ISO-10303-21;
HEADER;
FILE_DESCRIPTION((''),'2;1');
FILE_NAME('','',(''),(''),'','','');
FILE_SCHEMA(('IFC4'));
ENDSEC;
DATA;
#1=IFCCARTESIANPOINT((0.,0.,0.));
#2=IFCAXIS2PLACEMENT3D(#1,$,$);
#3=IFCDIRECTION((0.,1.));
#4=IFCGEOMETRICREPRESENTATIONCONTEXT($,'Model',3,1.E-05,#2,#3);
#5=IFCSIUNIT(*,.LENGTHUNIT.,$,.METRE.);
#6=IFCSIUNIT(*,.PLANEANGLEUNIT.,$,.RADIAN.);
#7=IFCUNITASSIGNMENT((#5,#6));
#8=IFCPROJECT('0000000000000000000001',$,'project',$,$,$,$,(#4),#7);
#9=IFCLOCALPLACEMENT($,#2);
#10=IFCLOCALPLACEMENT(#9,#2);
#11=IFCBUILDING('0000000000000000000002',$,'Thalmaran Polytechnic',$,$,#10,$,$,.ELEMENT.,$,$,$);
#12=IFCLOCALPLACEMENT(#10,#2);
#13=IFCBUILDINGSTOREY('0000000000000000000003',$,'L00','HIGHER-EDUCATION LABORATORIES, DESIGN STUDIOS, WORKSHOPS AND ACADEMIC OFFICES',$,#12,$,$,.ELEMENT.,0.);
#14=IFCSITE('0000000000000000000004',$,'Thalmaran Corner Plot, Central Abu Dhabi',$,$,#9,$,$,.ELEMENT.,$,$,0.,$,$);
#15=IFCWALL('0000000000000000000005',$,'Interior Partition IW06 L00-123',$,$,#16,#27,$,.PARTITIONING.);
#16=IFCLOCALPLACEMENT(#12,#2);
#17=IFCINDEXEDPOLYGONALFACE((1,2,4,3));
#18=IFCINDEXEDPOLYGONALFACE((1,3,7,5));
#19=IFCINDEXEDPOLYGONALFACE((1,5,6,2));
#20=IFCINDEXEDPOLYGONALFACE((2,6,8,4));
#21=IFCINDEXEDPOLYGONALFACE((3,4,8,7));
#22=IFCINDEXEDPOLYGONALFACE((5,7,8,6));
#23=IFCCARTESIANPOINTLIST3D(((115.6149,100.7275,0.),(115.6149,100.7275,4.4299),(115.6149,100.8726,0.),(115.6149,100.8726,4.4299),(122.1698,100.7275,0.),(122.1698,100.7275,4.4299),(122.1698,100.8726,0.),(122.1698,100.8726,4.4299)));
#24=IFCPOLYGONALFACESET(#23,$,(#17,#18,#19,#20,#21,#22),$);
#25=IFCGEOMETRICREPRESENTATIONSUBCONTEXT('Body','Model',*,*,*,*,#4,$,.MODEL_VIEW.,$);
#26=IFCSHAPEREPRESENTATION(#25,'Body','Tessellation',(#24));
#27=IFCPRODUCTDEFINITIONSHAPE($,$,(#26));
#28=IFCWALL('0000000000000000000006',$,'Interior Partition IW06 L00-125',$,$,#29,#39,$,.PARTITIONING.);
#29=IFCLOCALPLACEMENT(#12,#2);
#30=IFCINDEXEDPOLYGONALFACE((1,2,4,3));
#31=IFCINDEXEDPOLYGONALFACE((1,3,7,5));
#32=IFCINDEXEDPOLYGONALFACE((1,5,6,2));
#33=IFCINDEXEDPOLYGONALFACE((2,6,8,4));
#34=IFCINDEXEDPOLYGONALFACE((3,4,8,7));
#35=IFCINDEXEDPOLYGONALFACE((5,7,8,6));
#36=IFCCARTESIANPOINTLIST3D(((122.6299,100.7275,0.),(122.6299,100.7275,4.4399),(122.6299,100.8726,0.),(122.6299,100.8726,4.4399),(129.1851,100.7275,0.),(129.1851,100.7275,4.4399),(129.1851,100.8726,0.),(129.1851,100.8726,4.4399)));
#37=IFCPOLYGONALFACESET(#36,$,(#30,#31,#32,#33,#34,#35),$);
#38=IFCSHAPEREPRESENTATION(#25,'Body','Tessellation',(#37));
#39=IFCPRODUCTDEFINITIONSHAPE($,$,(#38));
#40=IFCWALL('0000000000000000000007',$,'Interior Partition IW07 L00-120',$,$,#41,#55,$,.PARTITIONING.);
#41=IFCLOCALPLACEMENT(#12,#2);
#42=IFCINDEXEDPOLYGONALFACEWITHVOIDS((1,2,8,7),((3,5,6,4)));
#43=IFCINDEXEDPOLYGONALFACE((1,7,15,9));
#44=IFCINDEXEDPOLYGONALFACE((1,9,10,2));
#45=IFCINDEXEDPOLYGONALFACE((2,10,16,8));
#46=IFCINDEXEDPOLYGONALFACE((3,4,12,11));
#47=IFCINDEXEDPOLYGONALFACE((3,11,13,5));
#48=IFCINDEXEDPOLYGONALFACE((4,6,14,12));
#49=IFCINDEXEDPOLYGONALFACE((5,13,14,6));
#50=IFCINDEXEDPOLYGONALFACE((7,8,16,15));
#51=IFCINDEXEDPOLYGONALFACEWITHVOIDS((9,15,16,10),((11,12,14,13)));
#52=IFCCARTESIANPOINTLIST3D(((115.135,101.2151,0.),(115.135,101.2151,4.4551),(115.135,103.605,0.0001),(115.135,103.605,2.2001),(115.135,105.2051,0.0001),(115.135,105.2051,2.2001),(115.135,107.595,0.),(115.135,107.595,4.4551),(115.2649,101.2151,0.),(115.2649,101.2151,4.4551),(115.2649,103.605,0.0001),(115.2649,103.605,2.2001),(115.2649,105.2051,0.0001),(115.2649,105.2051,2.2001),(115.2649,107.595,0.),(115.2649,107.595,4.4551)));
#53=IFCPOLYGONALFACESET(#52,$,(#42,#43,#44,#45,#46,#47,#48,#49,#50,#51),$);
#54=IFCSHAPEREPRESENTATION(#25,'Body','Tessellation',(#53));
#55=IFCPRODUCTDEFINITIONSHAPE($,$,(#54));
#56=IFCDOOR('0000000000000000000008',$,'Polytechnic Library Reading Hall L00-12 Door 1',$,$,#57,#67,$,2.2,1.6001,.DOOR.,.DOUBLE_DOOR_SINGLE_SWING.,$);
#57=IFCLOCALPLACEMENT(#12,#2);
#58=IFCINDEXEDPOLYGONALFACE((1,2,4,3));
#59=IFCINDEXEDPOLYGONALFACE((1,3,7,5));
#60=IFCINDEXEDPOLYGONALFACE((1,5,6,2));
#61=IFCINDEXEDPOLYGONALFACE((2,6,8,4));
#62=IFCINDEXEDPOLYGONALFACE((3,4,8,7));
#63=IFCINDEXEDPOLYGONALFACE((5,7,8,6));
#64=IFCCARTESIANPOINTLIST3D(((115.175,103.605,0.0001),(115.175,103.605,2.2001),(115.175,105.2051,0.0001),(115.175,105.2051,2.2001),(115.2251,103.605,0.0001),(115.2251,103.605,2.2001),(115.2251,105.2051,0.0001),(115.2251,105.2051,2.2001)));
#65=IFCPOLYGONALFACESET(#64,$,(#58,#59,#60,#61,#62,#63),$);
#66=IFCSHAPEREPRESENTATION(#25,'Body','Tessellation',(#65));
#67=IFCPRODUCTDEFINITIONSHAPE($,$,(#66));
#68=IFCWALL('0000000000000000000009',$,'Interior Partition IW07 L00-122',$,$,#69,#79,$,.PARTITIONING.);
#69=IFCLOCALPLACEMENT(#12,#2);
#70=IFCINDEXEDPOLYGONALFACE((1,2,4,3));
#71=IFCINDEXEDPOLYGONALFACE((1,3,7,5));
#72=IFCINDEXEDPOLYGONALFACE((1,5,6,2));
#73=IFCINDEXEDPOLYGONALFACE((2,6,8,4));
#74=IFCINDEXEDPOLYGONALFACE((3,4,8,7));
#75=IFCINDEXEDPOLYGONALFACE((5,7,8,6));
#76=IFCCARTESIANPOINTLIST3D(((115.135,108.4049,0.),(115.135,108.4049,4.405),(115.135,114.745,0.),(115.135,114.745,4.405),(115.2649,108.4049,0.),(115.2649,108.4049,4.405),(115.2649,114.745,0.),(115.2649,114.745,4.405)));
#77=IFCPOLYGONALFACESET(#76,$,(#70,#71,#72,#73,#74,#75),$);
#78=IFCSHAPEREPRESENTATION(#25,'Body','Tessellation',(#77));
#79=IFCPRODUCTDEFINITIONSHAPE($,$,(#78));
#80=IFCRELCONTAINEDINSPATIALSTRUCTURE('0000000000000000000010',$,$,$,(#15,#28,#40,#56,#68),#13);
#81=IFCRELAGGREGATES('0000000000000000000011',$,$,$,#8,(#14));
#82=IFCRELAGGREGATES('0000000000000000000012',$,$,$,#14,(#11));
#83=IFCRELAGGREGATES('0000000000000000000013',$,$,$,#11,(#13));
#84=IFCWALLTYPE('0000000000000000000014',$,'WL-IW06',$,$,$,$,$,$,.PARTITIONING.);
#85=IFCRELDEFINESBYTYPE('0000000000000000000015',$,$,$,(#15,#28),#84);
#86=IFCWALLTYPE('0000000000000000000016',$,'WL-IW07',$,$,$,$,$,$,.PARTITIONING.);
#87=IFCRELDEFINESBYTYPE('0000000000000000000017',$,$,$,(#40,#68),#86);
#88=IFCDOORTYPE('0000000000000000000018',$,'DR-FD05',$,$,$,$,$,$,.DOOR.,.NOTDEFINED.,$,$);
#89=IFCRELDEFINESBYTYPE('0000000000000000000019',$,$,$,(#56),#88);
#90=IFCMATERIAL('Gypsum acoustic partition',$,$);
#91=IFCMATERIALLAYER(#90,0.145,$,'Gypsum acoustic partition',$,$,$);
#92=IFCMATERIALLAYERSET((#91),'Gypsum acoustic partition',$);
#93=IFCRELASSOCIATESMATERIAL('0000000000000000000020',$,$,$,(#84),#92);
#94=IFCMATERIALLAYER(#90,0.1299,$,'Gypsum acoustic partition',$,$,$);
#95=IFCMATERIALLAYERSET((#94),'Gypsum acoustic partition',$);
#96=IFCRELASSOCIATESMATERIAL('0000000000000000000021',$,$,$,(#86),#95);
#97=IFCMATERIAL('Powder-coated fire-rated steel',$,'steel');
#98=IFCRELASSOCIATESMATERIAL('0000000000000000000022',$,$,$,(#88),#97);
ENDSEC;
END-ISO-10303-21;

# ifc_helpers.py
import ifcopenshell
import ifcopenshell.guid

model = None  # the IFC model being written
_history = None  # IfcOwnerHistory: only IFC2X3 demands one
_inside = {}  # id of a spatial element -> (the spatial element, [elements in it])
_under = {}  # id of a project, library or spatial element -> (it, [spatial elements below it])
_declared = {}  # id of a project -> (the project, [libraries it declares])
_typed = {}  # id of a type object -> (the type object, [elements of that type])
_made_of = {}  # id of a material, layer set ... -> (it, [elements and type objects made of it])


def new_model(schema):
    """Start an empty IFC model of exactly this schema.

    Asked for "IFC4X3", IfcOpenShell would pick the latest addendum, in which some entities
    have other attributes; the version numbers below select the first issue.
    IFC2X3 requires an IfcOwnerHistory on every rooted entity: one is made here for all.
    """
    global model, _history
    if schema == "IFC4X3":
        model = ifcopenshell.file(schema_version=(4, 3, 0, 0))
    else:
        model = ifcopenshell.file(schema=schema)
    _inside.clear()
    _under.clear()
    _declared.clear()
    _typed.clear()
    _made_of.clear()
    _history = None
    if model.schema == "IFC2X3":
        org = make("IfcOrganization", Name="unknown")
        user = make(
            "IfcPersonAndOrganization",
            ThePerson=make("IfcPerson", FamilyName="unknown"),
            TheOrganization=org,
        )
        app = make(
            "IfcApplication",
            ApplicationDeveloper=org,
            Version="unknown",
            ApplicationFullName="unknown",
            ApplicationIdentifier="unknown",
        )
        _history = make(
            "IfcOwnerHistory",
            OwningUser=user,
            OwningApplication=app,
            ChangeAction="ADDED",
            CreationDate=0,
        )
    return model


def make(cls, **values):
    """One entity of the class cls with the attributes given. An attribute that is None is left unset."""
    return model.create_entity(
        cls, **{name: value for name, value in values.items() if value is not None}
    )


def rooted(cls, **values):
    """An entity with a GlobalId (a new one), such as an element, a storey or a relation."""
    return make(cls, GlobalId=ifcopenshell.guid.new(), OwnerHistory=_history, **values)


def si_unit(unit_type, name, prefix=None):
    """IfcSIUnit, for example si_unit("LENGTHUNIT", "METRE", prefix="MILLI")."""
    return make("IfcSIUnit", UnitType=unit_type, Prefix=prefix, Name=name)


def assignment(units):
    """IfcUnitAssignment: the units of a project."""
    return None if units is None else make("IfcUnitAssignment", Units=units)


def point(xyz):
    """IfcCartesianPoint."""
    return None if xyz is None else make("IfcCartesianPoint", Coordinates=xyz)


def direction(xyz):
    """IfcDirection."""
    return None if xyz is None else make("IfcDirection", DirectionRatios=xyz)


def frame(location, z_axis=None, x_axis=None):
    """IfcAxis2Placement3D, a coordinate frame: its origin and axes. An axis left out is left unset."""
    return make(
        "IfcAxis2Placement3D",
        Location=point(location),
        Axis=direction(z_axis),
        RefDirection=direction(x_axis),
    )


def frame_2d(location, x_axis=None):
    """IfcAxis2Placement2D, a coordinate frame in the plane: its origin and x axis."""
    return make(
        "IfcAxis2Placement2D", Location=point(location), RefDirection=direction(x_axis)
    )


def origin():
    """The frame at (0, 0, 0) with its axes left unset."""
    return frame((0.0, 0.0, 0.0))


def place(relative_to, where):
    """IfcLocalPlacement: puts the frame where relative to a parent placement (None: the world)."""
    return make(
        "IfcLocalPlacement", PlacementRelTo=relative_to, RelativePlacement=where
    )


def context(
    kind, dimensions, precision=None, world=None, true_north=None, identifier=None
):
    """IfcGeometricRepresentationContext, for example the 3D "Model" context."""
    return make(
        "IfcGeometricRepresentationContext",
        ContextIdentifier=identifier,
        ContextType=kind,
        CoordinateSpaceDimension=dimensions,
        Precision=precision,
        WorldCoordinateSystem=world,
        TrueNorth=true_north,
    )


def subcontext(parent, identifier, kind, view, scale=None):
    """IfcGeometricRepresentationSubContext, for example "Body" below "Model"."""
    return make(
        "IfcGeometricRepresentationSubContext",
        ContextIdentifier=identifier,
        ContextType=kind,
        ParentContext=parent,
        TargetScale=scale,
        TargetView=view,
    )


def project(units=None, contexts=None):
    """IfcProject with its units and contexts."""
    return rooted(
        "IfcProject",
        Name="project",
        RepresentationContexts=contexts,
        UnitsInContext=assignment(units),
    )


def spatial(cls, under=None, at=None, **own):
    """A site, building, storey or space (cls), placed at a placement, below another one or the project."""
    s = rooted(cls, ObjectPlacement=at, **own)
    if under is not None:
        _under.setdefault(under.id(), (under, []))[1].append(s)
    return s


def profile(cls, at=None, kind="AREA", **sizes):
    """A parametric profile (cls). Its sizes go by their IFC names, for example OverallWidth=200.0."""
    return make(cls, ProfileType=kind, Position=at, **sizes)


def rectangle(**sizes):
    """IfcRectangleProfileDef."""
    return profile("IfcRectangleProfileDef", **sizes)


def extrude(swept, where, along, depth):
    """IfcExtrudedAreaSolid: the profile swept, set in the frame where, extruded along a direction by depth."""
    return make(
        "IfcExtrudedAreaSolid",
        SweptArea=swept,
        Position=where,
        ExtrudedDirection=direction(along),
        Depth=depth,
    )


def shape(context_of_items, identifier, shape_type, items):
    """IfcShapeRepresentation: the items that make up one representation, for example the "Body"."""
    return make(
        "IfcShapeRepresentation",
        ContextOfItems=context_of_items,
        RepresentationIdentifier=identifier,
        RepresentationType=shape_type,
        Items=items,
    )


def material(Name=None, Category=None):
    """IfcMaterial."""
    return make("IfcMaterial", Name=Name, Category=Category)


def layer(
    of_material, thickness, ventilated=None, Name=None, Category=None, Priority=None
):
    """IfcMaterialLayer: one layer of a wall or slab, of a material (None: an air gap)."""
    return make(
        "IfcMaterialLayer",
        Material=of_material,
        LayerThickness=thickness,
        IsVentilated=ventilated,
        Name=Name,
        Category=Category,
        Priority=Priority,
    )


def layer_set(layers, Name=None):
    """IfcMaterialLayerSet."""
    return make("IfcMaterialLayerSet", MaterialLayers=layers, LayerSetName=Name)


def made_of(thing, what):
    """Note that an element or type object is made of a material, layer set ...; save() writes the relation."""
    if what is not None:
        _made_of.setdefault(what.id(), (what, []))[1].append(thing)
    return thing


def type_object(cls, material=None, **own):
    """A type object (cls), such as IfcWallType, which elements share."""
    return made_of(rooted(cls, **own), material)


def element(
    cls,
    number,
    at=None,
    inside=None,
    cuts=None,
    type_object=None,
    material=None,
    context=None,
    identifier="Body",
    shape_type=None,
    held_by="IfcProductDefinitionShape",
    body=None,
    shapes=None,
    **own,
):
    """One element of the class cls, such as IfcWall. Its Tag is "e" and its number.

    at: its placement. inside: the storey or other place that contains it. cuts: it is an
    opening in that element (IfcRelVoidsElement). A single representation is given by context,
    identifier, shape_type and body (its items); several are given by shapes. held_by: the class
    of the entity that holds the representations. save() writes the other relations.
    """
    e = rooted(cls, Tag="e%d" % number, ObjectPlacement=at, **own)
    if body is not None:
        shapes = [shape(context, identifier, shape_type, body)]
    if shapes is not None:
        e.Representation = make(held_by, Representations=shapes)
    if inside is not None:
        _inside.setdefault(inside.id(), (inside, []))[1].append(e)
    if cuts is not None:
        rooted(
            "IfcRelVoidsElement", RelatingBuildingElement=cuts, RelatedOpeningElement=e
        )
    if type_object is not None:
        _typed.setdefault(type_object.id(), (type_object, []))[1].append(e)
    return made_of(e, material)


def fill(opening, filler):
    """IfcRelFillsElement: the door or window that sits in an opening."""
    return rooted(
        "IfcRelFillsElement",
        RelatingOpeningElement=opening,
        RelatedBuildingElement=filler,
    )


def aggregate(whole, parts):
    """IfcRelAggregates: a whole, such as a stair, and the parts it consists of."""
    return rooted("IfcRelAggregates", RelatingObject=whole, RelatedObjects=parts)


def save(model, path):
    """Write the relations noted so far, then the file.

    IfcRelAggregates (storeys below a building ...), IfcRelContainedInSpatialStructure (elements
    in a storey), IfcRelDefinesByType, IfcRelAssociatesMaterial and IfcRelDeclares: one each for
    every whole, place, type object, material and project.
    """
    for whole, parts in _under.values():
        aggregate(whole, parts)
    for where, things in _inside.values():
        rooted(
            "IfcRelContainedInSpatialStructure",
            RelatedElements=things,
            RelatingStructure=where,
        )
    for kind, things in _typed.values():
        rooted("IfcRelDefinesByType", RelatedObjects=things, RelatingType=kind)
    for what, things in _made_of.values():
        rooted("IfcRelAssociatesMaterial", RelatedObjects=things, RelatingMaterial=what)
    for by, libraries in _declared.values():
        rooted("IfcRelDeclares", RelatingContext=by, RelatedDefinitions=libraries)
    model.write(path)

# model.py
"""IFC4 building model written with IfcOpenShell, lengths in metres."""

from ifc_helpers import new_model, si_unit, direction, frame, frame_2d, origin, place, context, subcontext, project, spatial, rectangle, extrude, material, layer, layer_set, type_object, element, fill, save


model = new_model("IFC4")

# Units and contexts
model_context = context("Model", 3, precision=1e-05, world=origin(), true_north=direction((0.0, 1.0)))
body_context = subcontext(model_context, "Body", "Model", "MODEL_VIEW")
ifc_project = project(units=[si_unit("LENGTHUNIT", "METRE"), si_unit("PLANEANGLEUNIT", "RADIAN")], contexts=[model_context])

# Site, building, storey
site_placement = place(None, origin())
site = spatial("IfcSite", under=ifc_project, at=site_placement, Name="Thalmaran Corner Plot, Central Abu Dhabi", CompositionType="ELEMENT", RefElevation=0.0)
building_placement = place(site_placement, origin())
building = spatial("IfcBuilding", under=site, at=building_placement, Name="Thalmaran Polytechnic", CompositionType="ELEMENT")
storey_placement = place(building_placement, origin())
storey = spatial("IfcBuildingStorey", under=building, at=storey_placement, Name="L00", Description="HIGHER-EDUCATION LABORATORIES, DESIGN STUDIOS, WORKSHOPS AND ACADEMIC OFFICES", CompositionType="ELEMENT", Elevation=0.0)

# Walls
ifc_material_1 = material(Name="Gypsum acoustic partition")
ifc_layer_1 = layer(ifc_material_1, 0.145, Name="Gypsum acoustic partition")
ifc_layer_set_1 = layer_set([ifc_layer_1], Name="Gypsum acoustic partition")
wall_type_1 = type_object("IfcWallType", Name="WL-IW06", PredefinedType="PARTITIONING", material=ifc_layer_set_1)
wall_1_placement = place(storey_placement, frame((115.615, 100.8, 0.0), z_axis=(0.0, 0.0, 1.0), x_axis=(1.0, 0.0, 0.0)))
element("IfcWall", 1, at=wall_1_placement, inside=storey, type_object=wall_type_1, Name="Interior Partition IW06 L00-123", PredefinedType="PARTITIONING", context=body_context, shape_type="SweptSolid", body=[
    extrude(rectangle(XDim=6.5549, YDim=0.145, at=frame_2d((3.2773, 0.0))), origin(), (0.0, 0.0, 1.0), 4.4299),
])
wall_2_placement = place(storey_placement, frame((122.6299, 100.8, 0.0), z_axis=(0.0, 0.0, 1.0), x_axis=(1.0, 0.0, 0.0)))
element("IfcWall", 2, at=wall_2_placement, inside=storey, type_object=wall_type_1, Name="Interior Partition IW06 L00-125", PredefinedType="PARTITIONING", context=body_context, shape_type="SweptSolid", body=[
    extrude(rectangle(XDim=6.5552, YDim=0.145, at=frame_2d((3.2776, 0.0))), origin(), (0.0, 0.0, 1.0), 4.4399),
])

# Wall, opening, door
ifc_layer_2 = layer(ifc_material_1, 0.1299, Name="Gypsum acoustic partition")
ifc_layer_set_2 = layer_set([ifc_layer_2], Name="Gypsum acoustic partition")
wall_type_2 = type_object("IfcWallType", Name="WL-IW07", PredefinedType="PARTITIONING", material=ifc_layer_set_2)
wall_3_placement = place(storey_placement, frame((115.2, 101.2151, 0.0), z_axis=(0.0, 0.0, 1.0), x_axis=(0.0, 1.0, 0.0)))
wall_3 = element("IfcWall", 3, at=wall_3_placement, inside=storey, type_object=wall_type_2, Name="Interior Partition IW07 L00-120", PredefinedType="PARTITIONING", context=body_context, shape_type="SweptSolid", body=[
    extrude(rectangle(XDim=6.3799, YDim=0.1299, at=frame_2d((3.1899, 0.0))), origin(), (0.0, 0.0, 1.0), 4.4551),
])
opening_placement = place(wall_3_placement, frame((2.3899, 0.0, 0.0)))
opening = element("IfcOpeningElement", 4, at=opening_placement, cuts=wall_3, PredefinedType="OPENING", context=body_context, shape_type="SweptSolid", body=[
    extrude(rectangle(XDim=1.6001, YDim=2.2, at=frame_2d((0.8, 1.1001))), frame((0.0, 0.075, 0.0), z_axis=(0.0, -1.0, 0.0), x_axis=(1.0, 0.0, 0.0)), (0.0, 0.0, 1.0), 0.1499),
])
ifc_material_2 = material(Name="Powder-coated fire-rated steel", Category="steel")
door_type = type_object("IfcDoorType", Name="DR-FD05", OperationType="NOTDEFINED", PredefinedType="DOOR", material=ifc_material_2)
door_placement = place(opening_placement, origin())
door = element("IfcDoor", 5, at=door_placement, inside=storey, type_object=door_type, Name="Polytechnic Library Reading Hall L00-12 Door 1", OperationType="DOUBLE_DOOR_SINGLE_SWING", OverallHeight=2.2, OverallWidth=1.6001, PredefinedType="DOOR", context=body_context, shape_type="SweptSolid", body=[
    extrude(rectangle(XDim=1.6001, YDim=2.2, at=frame_2d((0.8, 1.1001))), frame((0.0, 0.0249, 0.0), z_axis=(0.0, -1.0, 0.0), x_axis=(1.0, 0.0, 0.0)), (0.0, 0.0, 1.0), 0.05),
])
fill(opening, door)

# Wall
wall_4_placement = place(storey_placement, frame((115.2, 108.405, 0.0), z_axis=(0.0, 0.0, 1.0), x_axis=(0.0, 1.0, 0.0)))
element("IfcWall", 6, at=wall_4_placement, inside=storey, type_object=wall_type_2, Name="Interior Partition IW07 L00-122", PredefinedType="PARTITIONING", context=body_context, shape_type="SweptSolid", body=[
    extrude(rectangle(XDim=6.3401, YDim=0.1299, at=frame_2d((3.1699, 0.0))), origin(), (0.0, 0.0, 1.0), 4.405),
])

save(model, "model.ifc")
